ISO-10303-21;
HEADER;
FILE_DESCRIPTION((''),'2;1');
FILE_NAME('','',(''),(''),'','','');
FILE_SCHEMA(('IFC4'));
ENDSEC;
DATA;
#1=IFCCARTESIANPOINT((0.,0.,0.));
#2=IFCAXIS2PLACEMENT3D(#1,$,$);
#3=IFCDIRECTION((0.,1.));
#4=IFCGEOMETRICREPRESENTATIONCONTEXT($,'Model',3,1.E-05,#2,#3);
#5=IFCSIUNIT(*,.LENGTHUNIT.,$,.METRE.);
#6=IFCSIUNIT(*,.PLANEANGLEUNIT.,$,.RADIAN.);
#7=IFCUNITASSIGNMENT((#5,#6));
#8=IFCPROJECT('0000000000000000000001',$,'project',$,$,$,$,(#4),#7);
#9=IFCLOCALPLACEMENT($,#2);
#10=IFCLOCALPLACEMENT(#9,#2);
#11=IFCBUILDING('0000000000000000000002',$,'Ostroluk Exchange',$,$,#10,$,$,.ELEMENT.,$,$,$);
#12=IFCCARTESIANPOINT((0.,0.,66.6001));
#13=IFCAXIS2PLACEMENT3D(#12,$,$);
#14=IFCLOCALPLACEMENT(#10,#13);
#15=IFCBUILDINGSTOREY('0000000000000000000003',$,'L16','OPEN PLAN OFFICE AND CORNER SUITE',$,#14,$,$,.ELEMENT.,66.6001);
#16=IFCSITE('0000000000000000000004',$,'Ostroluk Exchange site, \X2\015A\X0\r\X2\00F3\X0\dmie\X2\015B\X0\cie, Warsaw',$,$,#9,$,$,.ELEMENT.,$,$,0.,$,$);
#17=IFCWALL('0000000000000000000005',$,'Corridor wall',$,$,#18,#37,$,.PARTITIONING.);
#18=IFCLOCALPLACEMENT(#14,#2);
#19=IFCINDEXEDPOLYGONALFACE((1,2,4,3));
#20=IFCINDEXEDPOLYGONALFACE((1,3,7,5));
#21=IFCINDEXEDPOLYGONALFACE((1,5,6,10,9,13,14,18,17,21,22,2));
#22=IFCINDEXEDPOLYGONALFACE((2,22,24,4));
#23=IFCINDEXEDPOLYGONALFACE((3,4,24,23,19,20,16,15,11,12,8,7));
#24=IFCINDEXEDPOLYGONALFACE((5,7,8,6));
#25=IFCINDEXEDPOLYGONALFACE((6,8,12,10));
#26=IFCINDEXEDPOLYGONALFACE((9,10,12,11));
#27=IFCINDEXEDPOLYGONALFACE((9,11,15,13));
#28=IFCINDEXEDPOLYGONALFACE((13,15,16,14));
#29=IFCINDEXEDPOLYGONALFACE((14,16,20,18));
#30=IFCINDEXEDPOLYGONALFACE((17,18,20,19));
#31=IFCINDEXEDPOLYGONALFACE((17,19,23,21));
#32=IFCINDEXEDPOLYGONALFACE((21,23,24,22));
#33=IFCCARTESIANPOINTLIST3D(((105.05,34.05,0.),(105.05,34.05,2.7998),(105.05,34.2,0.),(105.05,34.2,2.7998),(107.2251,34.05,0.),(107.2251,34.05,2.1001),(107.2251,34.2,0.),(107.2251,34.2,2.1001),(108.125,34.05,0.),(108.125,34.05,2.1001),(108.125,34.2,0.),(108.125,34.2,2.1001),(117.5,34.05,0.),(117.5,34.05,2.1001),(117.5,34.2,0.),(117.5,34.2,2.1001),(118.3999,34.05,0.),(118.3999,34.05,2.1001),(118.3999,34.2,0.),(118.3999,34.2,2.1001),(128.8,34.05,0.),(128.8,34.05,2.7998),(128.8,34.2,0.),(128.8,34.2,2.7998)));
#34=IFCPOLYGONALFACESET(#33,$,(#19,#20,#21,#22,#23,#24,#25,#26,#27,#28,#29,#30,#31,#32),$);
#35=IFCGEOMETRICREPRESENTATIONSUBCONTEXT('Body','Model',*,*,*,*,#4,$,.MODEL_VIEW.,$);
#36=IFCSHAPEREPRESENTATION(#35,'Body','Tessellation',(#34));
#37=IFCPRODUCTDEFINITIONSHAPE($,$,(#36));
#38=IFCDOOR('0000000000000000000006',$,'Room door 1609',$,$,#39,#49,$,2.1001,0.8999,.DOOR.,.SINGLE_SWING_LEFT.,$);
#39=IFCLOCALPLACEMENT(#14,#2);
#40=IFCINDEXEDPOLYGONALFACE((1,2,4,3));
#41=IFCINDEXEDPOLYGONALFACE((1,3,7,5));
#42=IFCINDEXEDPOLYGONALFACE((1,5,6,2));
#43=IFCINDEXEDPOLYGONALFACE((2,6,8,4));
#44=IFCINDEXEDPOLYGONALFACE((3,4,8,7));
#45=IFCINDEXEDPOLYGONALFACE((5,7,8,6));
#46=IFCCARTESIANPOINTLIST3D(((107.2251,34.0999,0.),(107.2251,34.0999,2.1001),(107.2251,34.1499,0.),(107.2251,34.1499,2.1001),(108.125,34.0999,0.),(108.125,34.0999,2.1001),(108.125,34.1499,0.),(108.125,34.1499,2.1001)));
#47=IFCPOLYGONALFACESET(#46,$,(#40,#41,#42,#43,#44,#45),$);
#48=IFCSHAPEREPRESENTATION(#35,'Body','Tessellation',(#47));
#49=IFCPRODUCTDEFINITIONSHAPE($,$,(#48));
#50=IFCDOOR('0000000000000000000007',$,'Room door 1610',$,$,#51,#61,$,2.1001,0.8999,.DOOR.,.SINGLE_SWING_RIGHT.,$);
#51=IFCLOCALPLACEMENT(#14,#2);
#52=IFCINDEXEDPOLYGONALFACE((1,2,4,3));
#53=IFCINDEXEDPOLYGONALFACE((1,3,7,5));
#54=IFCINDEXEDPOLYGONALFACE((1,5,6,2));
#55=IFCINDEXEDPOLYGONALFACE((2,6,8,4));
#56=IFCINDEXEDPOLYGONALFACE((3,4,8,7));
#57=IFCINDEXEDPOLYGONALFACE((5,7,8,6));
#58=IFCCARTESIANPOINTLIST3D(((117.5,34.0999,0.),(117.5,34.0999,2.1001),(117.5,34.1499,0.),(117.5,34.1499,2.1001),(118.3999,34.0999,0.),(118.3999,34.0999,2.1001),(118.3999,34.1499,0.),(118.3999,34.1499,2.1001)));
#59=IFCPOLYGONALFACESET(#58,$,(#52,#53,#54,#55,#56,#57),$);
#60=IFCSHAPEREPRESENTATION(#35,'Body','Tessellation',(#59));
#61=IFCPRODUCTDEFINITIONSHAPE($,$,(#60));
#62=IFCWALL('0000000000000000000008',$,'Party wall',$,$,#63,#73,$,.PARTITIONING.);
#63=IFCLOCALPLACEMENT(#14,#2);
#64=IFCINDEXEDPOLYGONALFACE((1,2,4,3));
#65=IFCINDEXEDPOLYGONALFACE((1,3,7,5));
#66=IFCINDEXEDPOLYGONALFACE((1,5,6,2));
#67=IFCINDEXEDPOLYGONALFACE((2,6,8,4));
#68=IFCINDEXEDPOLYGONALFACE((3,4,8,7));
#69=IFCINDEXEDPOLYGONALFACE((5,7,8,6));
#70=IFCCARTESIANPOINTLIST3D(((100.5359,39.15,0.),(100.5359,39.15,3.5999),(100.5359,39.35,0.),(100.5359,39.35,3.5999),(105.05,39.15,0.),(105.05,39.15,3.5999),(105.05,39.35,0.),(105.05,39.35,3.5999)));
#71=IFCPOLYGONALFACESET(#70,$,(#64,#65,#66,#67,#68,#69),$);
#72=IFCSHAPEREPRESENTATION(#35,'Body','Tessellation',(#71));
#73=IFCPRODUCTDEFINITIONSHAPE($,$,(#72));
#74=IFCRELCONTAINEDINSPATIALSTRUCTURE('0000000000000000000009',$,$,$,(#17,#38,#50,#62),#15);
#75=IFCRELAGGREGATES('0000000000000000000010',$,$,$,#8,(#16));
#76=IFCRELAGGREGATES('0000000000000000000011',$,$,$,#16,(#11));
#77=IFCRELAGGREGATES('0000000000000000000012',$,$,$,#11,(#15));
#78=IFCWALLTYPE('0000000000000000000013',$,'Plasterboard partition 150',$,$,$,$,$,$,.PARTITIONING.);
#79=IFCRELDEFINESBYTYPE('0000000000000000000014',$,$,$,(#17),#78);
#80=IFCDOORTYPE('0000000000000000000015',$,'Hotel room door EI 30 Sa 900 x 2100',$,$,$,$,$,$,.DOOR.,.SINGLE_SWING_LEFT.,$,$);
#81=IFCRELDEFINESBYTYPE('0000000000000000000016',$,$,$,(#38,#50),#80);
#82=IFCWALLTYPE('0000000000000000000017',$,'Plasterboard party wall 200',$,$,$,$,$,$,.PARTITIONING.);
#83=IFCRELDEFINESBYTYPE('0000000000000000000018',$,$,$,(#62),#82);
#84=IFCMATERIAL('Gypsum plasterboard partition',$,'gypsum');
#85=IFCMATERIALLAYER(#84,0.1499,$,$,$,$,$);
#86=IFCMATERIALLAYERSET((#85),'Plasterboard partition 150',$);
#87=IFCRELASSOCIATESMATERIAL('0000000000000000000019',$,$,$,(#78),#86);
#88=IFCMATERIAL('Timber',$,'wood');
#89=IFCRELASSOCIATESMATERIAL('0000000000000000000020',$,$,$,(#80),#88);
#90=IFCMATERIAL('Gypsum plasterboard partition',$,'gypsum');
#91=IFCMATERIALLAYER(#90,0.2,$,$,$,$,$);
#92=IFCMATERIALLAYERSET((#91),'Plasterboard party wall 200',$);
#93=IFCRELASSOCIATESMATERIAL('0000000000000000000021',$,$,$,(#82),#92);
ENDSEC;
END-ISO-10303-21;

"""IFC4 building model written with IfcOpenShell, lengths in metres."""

from ifc_helpers import new_model, si_unit, direction, frame, frame_2d, origin, place, context, subcontext, project, spatial, rectangle, extrude, material, layer, layer_set, type_object, element, fill, save


model = new_model("IFC4")

# Units and contexts
model_context = context("Model", 3, precision=1e-05, world=origin(), true_north=direction((0.0, 1.0)))
body_context = subcontext(model_context, "Body", "Model", "MODEL_VIEW")
ifc_project = project(units=[si_unit("LENGTHUNIT", "METRE"), si_unit("PLANEANGLEUNIT", "RADIAN")], contexts=[model_context])

# Site, building, storey
site_placement = place(None, origin())
site = spatial("IfcSite", under=ifc_project, at=site_placement, Name="Ostroluk Exchange site, Śródmieście, Warsaw", CompositionType="ELEMENT", RefElevation=0.0)
building_placement = place(site_placement, origin())
building = spatial("IfcBuilding", under=site, at=building_placement, Name="Ostroluk Exchange", CompositionType="ELEMENT")
storey_placement = place(building_placement, frame((0.0, 0.0, 66.6001)))
storey = spatial("IfcBuildingStorey", under=building, at=storey_placement, Name="L16", Description="OPEN PLAN OFFICE AND CORNER SUITE", CompositionType="ELEMENT", Elevation=66.6001)

# Wall, openings, doors
ifc_material_1 = material(Name="Gypsum plasterboard partition", Category="gypsum")
ifc_layer_1 = layer(ifc_material_1, 0.1499)
ifc_layer_set_1 = layer_set([ifc_layer_1], Name="Plasterboard partition 150")
wall_type_1 = type_object("IfcWallType", Name="Plasterboard partition 150", PredefinedType="PARTITIONING", material=ifc_layer_set_1)
wall_1_placement = place(storey_placement, frame((105.05, 34.125, 0.0), z_axis=(0.0, 0.0, 1.0), x_axis=(1.0, 0.0, 0.0)))
wall_1 = element("IfcWall", 1, at=wall_1_placement, inside=storey, type_object=wall_type_1, Name="Corridor wall", PredefinedType="PARTITIONING", context=body_context, shape_type="SweptSolid", body=[
    extrude(rectangle(XDim=23.75, YDim=0.1499, at=frame_2d((11.875, 0.0))), origin(), (0.0, 0.0, 1.0), 2.7998),
])
opening_1_placement = place(wall_1_placement, frame((2.175, 0.0, 0.0)))
opening_1 = element("IfcOpeningElement", 2, at=opening_1_placement, cuts=wall_1, PredefinedType="OPENING", context=body_context, shape_type="SweptSolid", body=[
    extrude(rectangle(XDim=0.8999, YDim=2.1001, at=frame_2d((0.45, 1.05))), frame((0.0, 0.085, 0.0), z_axis=(0.0, -1.0, 0.0), x_axis=(1.0, 0.0, 0.0)), (0.0, 0.0, 1.0), 0.1699),
])
opening_2_placement = place(wall_1_placement, frame((12.45, 0.0, 0.0)))
opening_2 = element("IfcOpeningElement", 3, at=opening_2_placement, cuts=wall_1, PredefinedType="OPENING", context=body_context, shape_type="SweptSolid", body=[
    extrude(rectangle(XDim=0.8999, YDim=2.1001, at=frame_2d((0.45, 1.05))), frame((0.0, 0.085, 0.0), z_axis=(0.0, -1.0, 0.0), x_axis=(1.0, 0.0, 0.0)), (0.0, 0.0, 1.0), 0.1699),
])
ifc_material_2 = material(Name="Timber", Category="wood")
door_type_1 = type_object("IfcDoorType", Name="Hotel room door EI 30 Sa 900 x 2100", OperationType="SINGLE_SWING_LEFT", PredefinedType="DOOR", material=ifc_material_2)
door_1_placement = place(opening_1_placement, origin())
door_1 = element("IfcDoor", 4, at=door_1_placement, inside=storey, type_object=door_type_1, Name="Room door 1609", OperationType="SINGLE_SWING_LEFT", OverallHeight=2.1001, OverallWidth=0.8999, PredefinedType="DOOR", context=body_context, shape_type="SweptSolid", body=[
    extrude(rectangle(XDim=0.8999, YDim=2.1001, at=frame_2d((0.45, 1.05))), frame((0.0, 0.0249, 0.0), z_axis=(0.0, -1.0, 0.0), x_axis=(1.0, 0.0, 0.0)), (0.0, 0.0, 1.0), 0.05),
])
fill(opening_1, door_1)
door_2_placement = place(opening_2_placement, origin())
door_2 = element("IfcDoor", 5, at=door_2_placement, inside=storey, type_object=door_type_1, Name="Room door 1610", OperationType="SINGLE_SWING_RIGHT", OverallHeight=2.1001, OverallWidth=0.8999, PredefinedType="DOOR", context=body_context, shape_type="SweptSolid", body=[
    extrude(rectangle(XDim=0.8999, YDim=2.1001, at=frame_2d((0.45, 1.05))), frame((0.0, 0.0249, 0.0), z_axis=(0.0, -1.0, 0.0), x_axis=(1.0, 0.0, 0.0)), (0.0, 0.0, 1.0), 0.05),
])
fill(opening_2, door_2)

# Wall
ifc_material_3 = material(Name="Gypsum plasterboard partition", Category="gypsum")
ifc_layer_2 = layer(ifc_material_3, 0.2)
ifc_layer_set_2 = layer_set([ifc_layer_2], Name="Plasterboard party wall 200")
wall_type_2 = type_object("IfcWallType", Name="Plasterboard party wall 200", PredefinedType="PARTITIONING", material=ifc_layer_set_2)
wall_2_placement = place(storey_placement, frame((105.05, 39.25, 0.0), z_axis=(0.0, 0.0, 1.0), x_axis=(-1.0, 0.0, 0.0)))
element("IfcWall", 6, at=wall_2_placement, inside=storey, type_object=wall_type_2, Name="Party wall", PredefinedType="PARTITIONING", context=body_context, shape_type="SweptSolid", body=[
    extrude(rectangle(XDim=4.5142, YDim=0.2, at=frame_2d((2.2571, 0.0))), origin(), (0.0, 0.0, 1.0), 3.5999),
])

save(model, "model.ifc")
